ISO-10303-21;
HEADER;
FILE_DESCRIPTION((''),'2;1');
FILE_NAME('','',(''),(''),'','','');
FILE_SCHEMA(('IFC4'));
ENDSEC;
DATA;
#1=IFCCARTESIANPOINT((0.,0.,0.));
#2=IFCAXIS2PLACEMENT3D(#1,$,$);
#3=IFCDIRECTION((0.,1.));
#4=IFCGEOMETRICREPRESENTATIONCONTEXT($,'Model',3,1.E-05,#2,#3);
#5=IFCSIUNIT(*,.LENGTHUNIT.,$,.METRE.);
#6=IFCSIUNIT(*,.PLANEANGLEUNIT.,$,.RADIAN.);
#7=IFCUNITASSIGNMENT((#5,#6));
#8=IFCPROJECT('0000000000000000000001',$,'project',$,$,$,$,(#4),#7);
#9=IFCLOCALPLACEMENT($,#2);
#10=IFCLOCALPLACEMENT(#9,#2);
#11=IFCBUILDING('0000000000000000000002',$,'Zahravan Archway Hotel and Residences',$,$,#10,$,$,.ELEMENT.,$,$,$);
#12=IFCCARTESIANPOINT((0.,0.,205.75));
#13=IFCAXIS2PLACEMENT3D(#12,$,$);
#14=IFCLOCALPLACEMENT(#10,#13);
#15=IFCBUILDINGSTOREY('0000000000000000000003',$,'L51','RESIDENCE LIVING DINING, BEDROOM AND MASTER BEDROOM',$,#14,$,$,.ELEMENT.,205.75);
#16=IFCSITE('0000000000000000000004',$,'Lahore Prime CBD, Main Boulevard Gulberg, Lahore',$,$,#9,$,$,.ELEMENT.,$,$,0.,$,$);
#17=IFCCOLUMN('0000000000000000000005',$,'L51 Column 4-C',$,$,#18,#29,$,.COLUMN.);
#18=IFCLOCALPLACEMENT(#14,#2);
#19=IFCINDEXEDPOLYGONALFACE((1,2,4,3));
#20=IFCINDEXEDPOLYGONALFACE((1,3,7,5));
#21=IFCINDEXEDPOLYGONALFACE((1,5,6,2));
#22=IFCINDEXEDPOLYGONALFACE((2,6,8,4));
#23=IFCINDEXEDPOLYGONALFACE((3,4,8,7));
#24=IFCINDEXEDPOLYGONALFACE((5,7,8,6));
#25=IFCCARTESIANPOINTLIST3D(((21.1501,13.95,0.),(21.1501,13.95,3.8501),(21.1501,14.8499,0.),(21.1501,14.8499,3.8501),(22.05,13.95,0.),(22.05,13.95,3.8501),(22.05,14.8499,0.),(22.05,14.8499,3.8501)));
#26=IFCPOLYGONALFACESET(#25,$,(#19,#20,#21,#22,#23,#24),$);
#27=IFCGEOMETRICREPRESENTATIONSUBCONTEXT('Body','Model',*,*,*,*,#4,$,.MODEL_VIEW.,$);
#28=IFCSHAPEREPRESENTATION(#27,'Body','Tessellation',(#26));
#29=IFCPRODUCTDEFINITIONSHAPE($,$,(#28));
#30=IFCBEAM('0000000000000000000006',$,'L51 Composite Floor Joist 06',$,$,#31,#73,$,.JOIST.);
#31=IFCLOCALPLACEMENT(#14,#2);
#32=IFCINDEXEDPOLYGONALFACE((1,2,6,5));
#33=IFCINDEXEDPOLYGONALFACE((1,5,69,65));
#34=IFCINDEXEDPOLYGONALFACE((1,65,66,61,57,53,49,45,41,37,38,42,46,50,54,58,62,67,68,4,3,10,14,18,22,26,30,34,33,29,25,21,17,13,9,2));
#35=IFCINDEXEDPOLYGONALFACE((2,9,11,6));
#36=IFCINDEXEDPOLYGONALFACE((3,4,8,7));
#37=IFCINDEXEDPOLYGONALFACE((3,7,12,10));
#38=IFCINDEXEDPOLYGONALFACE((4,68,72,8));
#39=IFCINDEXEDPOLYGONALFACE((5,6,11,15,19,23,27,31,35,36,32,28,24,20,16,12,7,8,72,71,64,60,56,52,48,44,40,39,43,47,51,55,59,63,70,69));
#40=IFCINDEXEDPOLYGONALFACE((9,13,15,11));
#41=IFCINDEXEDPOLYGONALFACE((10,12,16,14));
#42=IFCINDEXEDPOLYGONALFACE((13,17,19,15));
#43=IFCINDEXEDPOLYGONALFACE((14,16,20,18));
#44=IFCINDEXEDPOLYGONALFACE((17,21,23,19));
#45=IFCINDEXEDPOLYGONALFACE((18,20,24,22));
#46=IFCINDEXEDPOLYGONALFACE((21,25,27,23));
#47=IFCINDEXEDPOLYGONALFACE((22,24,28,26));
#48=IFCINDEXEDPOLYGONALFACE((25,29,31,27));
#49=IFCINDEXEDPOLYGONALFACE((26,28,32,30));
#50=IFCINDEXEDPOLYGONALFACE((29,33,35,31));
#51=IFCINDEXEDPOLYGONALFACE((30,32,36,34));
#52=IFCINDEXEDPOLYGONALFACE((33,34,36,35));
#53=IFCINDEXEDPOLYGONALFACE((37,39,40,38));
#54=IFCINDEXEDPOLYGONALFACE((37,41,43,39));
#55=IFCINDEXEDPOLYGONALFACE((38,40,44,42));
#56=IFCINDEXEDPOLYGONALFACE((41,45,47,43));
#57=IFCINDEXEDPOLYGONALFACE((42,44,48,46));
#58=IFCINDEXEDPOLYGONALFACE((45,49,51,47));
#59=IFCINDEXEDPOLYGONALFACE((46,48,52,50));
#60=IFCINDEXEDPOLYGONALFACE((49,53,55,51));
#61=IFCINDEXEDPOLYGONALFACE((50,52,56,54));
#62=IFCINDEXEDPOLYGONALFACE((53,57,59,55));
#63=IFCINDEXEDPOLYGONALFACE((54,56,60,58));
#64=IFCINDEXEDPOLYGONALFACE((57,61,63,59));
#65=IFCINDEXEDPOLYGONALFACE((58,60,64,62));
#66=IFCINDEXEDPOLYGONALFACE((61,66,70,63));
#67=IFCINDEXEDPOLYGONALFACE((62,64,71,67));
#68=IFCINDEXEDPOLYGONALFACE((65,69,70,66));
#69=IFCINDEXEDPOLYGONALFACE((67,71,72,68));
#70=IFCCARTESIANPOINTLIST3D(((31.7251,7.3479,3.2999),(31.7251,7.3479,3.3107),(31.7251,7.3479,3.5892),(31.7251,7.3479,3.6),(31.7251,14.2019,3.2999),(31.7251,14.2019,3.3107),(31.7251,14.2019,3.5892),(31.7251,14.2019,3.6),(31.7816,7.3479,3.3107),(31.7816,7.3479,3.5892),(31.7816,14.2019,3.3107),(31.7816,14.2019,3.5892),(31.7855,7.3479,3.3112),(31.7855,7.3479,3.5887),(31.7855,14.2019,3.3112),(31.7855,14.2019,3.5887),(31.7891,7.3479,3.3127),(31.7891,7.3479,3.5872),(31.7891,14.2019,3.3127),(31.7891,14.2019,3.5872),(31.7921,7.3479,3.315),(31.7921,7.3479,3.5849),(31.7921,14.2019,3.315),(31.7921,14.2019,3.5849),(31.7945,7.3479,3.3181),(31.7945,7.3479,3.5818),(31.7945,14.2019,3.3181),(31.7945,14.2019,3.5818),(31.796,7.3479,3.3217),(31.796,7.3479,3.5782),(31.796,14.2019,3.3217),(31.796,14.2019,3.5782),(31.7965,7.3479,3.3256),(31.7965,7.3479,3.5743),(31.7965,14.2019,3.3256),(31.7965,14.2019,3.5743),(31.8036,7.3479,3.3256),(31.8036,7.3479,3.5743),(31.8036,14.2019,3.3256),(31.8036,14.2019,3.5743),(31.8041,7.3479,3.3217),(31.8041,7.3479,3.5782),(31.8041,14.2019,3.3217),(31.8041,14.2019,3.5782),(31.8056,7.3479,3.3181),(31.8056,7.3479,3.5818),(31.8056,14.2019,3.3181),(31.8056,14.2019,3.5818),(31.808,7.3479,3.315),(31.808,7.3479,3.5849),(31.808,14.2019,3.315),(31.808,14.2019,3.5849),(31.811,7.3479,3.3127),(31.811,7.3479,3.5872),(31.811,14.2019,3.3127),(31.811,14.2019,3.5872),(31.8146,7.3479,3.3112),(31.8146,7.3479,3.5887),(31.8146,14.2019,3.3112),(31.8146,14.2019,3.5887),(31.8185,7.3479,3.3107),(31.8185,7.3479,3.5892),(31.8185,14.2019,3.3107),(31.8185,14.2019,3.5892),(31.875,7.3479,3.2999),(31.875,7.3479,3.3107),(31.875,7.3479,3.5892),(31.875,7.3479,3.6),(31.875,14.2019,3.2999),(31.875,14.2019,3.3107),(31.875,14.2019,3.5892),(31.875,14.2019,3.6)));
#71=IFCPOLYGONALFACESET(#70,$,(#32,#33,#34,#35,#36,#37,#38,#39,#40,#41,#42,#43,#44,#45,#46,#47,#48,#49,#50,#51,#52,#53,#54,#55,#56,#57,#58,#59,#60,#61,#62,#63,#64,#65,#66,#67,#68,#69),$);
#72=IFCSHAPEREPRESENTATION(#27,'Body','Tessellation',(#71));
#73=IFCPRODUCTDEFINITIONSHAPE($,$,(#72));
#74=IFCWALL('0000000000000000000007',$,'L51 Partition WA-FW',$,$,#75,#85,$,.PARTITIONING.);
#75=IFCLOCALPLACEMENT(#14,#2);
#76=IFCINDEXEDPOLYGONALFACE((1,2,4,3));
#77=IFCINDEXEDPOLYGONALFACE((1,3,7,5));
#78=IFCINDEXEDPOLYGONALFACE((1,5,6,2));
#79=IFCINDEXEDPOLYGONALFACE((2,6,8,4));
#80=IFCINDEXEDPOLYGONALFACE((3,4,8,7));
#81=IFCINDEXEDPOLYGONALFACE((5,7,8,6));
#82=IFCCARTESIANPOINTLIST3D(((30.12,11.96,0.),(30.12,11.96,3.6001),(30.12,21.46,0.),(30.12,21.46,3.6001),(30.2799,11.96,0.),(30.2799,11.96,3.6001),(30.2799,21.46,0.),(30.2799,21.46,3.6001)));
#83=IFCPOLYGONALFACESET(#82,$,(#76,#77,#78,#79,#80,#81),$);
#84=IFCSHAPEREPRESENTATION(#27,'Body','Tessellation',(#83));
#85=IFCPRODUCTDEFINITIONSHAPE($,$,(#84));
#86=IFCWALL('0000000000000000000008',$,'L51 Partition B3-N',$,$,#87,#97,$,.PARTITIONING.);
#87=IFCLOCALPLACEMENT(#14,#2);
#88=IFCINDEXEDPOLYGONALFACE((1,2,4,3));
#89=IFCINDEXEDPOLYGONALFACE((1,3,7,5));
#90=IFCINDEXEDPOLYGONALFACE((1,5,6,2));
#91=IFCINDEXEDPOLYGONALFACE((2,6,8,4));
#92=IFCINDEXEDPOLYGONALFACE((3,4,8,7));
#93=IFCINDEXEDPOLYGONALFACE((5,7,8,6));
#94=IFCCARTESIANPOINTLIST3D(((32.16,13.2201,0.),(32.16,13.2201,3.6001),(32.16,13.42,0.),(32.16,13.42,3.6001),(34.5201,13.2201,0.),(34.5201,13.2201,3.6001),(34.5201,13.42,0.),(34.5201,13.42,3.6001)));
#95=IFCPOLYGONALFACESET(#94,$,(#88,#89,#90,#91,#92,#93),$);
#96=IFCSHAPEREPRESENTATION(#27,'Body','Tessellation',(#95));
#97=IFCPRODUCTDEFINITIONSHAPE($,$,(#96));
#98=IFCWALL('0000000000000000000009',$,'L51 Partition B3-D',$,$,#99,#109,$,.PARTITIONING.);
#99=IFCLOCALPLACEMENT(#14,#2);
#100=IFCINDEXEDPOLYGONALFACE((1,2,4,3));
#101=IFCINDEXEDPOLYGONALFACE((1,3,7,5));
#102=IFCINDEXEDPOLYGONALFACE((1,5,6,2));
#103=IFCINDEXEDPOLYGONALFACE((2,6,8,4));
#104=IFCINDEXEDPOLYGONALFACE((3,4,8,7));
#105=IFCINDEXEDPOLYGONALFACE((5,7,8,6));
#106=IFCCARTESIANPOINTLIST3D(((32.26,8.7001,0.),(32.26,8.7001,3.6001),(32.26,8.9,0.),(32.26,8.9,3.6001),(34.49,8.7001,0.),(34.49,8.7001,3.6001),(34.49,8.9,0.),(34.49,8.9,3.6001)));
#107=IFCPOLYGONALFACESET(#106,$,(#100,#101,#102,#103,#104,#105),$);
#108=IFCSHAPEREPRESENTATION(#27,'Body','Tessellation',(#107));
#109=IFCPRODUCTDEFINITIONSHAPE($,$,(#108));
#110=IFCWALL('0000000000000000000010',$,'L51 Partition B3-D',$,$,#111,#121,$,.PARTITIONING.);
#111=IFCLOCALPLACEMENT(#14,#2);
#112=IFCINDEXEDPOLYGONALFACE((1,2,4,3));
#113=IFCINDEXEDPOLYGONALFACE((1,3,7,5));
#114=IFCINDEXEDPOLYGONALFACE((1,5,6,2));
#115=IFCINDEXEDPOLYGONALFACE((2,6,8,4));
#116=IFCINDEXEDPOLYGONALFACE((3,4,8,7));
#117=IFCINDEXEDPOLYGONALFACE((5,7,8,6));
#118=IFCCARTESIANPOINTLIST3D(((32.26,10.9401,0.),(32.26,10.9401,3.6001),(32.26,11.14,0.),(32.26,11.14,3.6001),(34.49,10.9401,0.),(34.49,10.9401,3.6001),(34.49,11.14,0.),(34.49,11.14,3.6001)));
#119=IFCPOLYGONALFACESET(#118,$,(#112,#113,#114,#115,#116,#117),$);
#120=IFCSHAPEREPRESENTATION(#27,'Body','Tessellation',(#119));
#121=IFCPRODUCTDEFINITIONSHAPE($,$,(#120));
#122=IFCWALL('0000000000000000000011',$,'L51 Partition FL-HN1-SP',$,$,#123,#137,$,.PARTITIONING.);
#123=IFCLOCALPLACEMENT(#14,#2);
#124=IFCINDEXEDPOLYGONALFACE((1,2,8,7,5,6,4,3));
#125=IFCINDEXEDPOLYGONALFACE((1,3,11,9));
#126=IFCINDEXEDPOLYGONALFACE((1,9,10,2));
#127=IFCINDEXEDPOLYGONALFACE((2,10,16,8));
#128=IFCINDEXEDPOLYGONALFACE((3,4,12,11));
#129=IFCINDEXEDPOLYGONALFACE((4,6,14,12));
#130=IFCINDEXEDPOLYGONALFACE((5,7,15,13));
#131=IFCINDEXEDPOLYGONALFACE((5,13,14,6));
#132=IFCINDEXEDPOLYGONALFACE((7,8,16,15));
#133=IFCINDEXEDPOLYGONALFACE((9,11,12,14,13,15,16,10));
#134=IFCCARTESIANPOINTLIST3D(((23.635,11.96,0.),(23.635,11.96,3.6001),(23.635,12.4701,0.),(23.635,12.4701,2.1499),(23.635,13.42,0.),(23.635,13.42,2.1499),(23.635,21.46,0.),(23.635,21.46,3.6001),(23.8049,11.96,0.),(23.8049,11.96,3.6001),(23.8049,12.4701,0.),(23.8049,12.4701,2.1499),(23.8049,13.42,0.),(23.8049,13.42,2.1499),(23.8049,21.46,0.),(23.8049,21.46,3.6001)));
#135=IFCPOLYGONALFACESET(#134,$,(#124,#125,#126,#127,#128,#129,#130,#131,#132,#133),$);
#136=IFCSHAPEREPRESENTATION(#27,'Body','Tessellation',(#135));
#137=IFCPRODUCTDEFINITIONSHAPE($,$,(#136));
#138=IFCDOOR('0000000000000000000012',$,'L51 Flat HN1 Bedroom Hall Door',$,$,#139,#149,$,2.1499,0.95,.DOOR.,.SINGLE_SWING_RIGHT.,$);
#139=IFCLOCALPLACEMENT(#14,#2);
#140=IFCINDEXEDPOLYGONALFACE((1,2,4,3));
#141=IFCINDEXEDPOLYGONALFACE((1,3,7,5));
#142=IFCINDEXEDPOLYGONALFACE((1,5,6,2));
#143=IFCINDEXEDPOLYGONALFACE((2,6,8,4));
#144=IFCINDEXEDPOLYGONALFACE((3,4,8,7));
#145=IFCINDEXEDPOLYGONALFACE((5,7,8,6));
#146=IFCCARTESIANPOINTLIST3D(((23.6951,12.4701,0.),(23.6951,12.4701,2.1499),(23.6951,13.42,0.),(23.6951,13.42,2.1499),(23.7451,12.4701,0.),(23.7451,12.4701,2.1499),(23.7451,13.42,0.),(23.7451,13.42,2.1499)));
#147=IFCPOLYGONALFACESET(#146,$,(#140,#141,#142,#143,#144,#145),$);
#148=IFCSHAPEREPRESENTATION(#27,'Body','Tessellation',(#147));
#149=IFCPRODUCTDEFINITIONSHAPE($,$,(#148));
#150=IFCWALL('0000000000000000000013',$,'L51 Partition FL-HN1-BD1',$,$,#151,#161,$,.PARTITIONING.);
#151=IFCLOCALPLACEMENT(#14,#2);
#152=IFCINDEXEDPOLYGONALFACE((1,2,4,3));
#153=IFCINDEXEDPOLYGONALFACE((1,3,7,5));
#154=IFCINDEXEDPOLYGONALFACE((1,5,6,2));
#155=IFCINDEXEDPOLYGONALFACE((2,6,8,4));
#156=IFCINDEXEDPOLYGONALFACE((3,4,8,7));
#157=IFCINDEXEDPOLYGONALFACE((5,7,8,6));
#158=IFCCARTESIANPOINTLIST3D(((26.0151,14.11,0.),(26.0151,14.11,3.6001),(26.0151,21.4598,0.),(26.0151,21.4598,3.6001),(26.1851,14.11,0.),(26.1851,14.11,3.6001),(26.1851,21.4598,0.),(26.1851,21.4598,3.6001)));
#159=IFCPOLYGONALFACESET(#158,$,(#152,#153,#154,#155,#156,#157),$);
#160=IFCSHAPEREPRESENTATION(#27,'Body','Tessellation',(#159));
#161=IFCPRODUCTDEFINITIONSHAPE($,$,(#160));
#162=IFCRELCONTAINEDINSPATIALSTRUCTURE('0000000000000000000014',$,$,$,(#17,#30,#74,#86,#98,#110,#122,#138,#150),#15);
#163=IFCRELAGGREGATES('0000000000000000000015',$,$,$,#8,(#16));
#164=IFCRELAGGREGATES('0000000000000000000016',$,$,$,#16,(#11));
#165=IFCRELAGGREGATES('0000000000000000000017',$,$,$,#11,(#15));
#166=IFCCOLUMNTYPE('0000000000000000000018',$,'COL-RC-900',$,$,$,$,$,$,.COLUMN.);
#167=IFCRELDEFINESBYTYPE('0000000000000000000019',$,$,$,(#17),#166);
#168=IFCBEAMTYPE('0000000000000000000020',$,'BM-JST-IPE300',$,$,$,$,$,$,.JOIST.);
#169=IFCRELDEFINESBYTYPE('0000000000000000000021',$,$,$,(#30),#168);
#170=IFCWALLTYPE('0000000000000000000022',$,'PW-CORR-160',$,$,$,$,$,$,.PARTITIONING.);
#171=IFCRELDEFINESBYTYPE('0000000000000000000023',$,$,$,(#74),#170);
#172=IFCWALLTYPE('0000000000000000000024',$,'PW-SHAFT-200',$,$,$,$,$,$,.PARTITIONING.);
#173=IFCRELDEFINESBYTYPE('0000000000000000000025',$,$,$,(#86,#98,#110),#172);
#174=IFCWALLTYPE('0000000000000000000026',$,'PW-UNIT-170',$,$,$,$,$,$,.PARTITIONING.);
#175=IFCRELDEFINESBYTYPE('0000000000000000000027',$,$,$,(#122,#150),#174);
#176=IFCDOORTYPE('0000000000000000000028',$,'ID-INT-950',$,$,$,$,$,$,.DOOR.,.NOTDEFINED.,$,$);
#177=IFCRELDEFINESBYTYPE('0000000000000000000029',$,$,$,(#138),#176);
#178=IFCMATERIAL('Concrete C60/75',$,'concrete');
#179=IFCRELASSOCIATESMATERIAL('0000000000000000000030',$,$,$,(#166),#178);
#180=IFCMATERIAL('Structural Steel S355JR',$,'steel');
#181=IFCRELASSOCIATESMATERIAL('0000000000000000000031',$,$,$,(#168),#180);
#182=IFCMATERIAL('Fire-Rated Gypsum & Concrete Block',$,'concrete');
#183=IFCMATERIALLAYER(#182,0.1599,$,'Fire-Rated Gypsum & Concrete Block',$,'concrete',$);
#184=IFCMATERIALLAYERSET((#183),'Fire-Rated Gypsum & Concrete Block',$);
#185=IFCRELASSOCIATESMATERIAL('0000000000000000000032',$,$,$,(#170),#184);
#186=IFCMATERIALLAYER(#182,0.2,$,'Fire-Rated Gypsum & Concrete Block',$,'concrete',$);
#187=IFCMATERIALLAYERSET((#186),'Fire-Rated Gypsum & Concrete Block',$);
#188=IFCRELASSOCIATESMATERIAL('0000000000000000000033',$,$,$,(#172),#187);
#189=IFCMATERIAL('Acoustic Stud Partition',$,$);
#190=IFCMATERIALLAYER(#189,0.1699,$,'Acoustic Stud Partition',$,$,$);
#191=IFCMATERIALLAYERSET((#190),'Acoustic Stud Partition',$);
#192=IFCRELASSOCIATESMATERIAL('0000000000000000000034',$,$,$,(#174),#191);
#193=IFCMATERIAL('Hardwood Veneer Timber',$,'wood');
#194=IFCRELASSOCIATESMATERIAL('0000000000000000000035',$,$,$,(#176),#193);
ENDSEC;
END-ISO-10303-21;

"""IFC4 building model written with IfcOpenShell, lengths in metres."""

from ifc_helpers import new_model, si_unit, direction, frame, frame_2d, origin, origin_2d, place, context, subcontext, project, spatial, rectangle, i_section, extrude, source, transform, mapped, material, layer, layer_set, material_profile, profile_set, type_object, type_shapes, element, fill, save


model = new_model("IFC4")

# Units and contexts
model_context = context("Model", 3, precision=1e-05, world=origin(), true_north=direction((0.0, 1.0)))
body_context = subcontext(model_context, "Body", "Model", "MODEL_VIEW")
ifc_project = project(units=[si_unit("LENGTHUNIT", "METRE"), si_unit("PLANEANGLEUNIT", "RADIAN")], contexts=[model_context])

# Site, building, storey
site_placement = place(None, origin())
site = spatial("IfcSite", under=ifc_project, at=site_placement, Name="Lahore Prime CBD, Main Boulevard Gulberg, Lahore", CompositionType="ELEMENT", RefElevation=0.0)
building_placement = place(site_placement, origin())
building = spatial("IfcBuilding", under=site, at=building_placement, Name="Zahravan Archway Hotel and Residences", CompositionType="ELEMENT")
storey_placement = place(building_placement, frame((0.0, 0.0, 205.75)))
storey = spatial("IfcBuildingStorey", under=building, at=storey_placement, Name="L51", Description="RESIDENCE LIVING DINING, BEDROOM AND MASTER BEDROOM", CompositionType="ELEMENT", Elevation=205.75)

# Column
ifc_material_1 = material(Name="Concrete C60/75", Category="concrete")
ifc_material_profile_1 = material_profile(ifc_material_1, rectangle(XDim=0.8999, YDim=0.8999, at=origin_2d()), Name="RC-COL-900x900", Category="concrete")
ifc_profile_set_1 = profile_set([ifc_material_profile_1], Name="Concrete C60/75")
column_type = type_object("IfcColumnType", Name="COL-RC-900", PredefinedType="COLUMN", material=ifc_profile_set_1)
shared_shape_1 = source(origin(), body_context, "Body", "SweptSolid", [
    extrude(rectangle(XDim=0.8999, YDim=0.8999, at=origin_2d()), origin(), (0.0, 0.0, 1.0), 3.8501),
])
type_shapes(column_type, [shared_shape_1])
column_placement = place(storey_placement, frame((21.6001, 14.3999, 0.0), z_axis=(0.0, 0.0, 1.0), x_axis=(1.0, 0.0, 0.0)))
element("IfcColumn", 1, at=column_placement, inside=storey, type_object=column_type, Name="L51 Column 4-C", PredefinedType="COLUMN", context=body_context, shape_type="MappedRepresentation", body=[
    mapped(shared_shape_1, transform((0.0, 0.0, 0.0), scale=1.0)),
])

# Beam
ifc_material_2 = material(Name="Structural Steel S355JR", Category="steel")
ifc_material_profile_2 = material_profile(ifc_material_2, i_section(OverallWidth=0.1499, OverallDepth=0.3, WebThickness=0.0071, FlangeThickness=0.0107, FilletRadius=0.0149, at=origin_2d()), Name="IPE 300", Category="steel")
ifc_profile_set_2 = profile_set([ifc_material_profile_2], Name="Structural Steel S355JR")
beam_type = type_object("IfcBeamType", Name="BM-JST-IPE300", PredefinedType="JOIST", material=ifc_profile_set_2)
shared_shape_2 = source(origin(), body_context, "Body", "SweptSolid", [
    extrude(i_section(OverallWidth=0.1499, OverallDepth=0.3, WebThickness=0.0071, FlangeThickness=0.0107, FilletRadius=0.0149, at=origin_2d()), origin(), (0.0, 0.0, 1.0), 6.854),
])
beam_placement = place(storey_placement, frame((31.8, 7.3479, 3.45), z_axis=(0.0, 1.0, 0.0), x_axis=(-1.0, 0.0, 0.0)))
element("IfcBeam", 2, at=beam_placement, inside=storey, type_object=beam_type, Name="L51 Composite Floor Joist 06", PredefinedType="JOIST", context=body_context, shape_type="MappedRepresentation", body=[
    mapped(shared_shape_2, transform((0.0, 0.0, 0.0), scale=1.0)),
])

# Walls
ifc_material_3 = material(Name="Fire-Rated Gypsum & Concrete Block", Category="concrete")
ifc_layer_1 = layer(ifc_material_3, 0.1599, Name="Fire-Rated Gypsum & Concrete Block", Category="concrete")
ifc_layer_set_1 = layer_set([ifc_layer_1], Name="Fire-Rated Gypsum & Concrete Block")
wall_type_1 = type_object("IfcWallType", Name="PW-CORR-160", PredefinedType="PARTITIONING", material=ifc_layer_set_1)
wall_1_placement = place(storey_placement, frame((30.2, 11.96, 0.0), z_axis=(0.0, 0.0, 1.0), x_axis=(0.0, 1.0, 0.0)))
element("IfcWall", 3, at=wall_1_placement, inside=storey, type_object=wall_type_1, Name="L51 Partition WA-FW", PredefinedType="PARTITIONING", context=body_context, shape_type="SweptSolid", body=[
    extrude(rectangle(XDim=9.5, YDim=0.1599, at=frame_2d((4.75, 0.0))), origin(), (0.0, 0.0, 1.0), 3.6001),
])
ifc_layer_2 = layer(ifc_material_3, 0.2, Name="Fire-Rated Gypsum & Concrete Block", Category="concrete")
ifc_layer_set_2 = layer_set([ifc_layer_2], Name="Fire-Rated Gypsum & Concrete Block")
wall_type_2 = type_object("IfcWallType", Name="PW-SHAFT-200", PredefinedType="PARTITIONING", material=ifc_layer_set_2)
wall_2_placement = place(storey_placement, frame((32.1599, 13.3201, 0.0), z_axis=(0.0, 0.0, 1.0), x_axis=(1.0, 0.0, 0.0)))
element("IfcWall", 4, at=wall_2_placement, inside=storey, type_object=wall_type_2, Name="L51 Partition B3-N", PredefinedType="PARTITIONING", context=body_context, shape_type="SweptSolid", body=[
    extrude(rectangle(XDim=2.3601, YDim=0.2, at=frame_2d((1.1802, 0.0))), origin(), (0.0, 0.0, 1.0), 3.6001),
])
for number, where, z_axis, x_axis, name in (
    (5, (32.26, 8.8, 0.0), (0.0, 0.0, 1.0), (1.0, 0.0, 0.0), "L51 Partition B3-D"),
    (6, (32.26, 11.04, 0.0), (0.0, 0.0, 1.0), (1.0, 0.0, 0.0), "L51 Partition B3-D"),
):
    element("IfcWall", number, at=place(storey_placement, frame(where, z_axis=z_axis, x_axis=x_axis)), inside=storey, type_object=wall_type_2, Name=name, PredefinedType="PARTITIONING", context=body_context, shape_type="SweptSolid", body=[
        extrude(rectangle(XDim=2.23, YDim=0.2, at=frame_2d((1.115, 0.0))), origin(), (0.0, 0.0, 1.0), 3.6001),
    ])

# Shared definitions
ifc_material_4 = material(Name="Acoustic Stud Partition")
ifc_layer_3 = layer(ifc_material_4, 0.1699, Name="Acoustic Stud Partition")
ifc_layer_set_3 = layer_set([ifc_layer_3], Name="Acoustic Stud Partition")
wall_type_3 = type_object("IfcWallType", Name="PW-UNIT-170", PredefinedType="PARTITIONING", material=ifc_layer_set_3)
ifc_material_5 = material(Name="Hardwood Veneer Timber", Category="wood")
door_type_1 = type_object("IfcDoorType", Name="ID-INT-950", OperationType="NOTDEFINED", PredefinedType="DOOR", material=ifc_material_5)
shared_shape_3 = source(origin(), body_context, "Body", "SweptSolid", [
    extrude(rectangle(XDim=0.95, YDim=2.1499, at=frame_2d((0.4751, 1.075))), frame((0.0, 0.0249, 0.0), z_axis=(0.0, -1.0, 0.0), x_axis=(1.0, 0.0, 0.0)), (0.0, 0.0, 1.0), 0.05),
])
type_shapes(door_type_1, [shared_shape_3])

# Wall, opening, door
wall_3_placement = place(storey_placement, frame((23.72, 11.96, 0.0), z_axis=(0.0, 0.0, 1.0), x_axis=(0.0, 1.0, 0.0)))
wall_3 = element("IfcWall", 7, at=wall_3_placement, inside=storey, type_object=wall_type_3, Name="L51 Partition FL-HN1-SP", PredefinedType="PARTITIONING", context=body_context, shape_type="SweptSolid", body=[
    extrude(rectangle(XDim=9.5, YDim=0.1699, at=frame_2d((4.75, 0.0))), origin(), (0.0, 0.0, 1.0), 3.6001),
])
opening_1_placement = place(wall_3_placement, frame((0.51, 0.0, 0.0)))
opening_1 = element("IfcOpeningElement", 8, at=opening_1_placement, cuts=wall_3, PredefinedType="OPENING", context=body_context, shape_type="SweptSolid", body=[
    extrude(rectangle(XDim=0.95, YDim=2.1499, at=frame_2d((0.4751, 1.075))), frame((0.0, 0.095, 0.0), z_axis=(0.0, -1.0, 0.0), x_axis=(1.0, 0.0, 0.0)), (0.0, 0.0, 1.0), 0.1899),
])
door_1_placement = place(opening_1_placement, origin())
door_1 = element("IfcDoor", 9, at=door_1_placement, inside=storey, type_object=door_type_1, Name="L51 Flat HN1 Bedroom Hall Door", OperationType="SINGLE_SWING_RIGHT", OverallHeight=2.1499, OverallWidth=0.95, PredefinedType="DOOR", context=body_context, shape_type="MappedRepresentation", body=[
    mapped(shared_shape_3, transform((0.0, 0.0, 0.0), scale=1.0)),
])
fill(opening_1, door_1)

# Wall
wall_4_placement = place(storey_placement, frame((26.1001, 14.1101, 0.0), z_axis=(0.0, 0.0, 1.0), x_axis=(0.0, 1.0, 0.0)))
element("IfcWall", 10, at=wall_4_placement, inside=storey, type_object=wall_type_3, Name="L51 Partition FL-HN1-BD1", PredefinedType="PARTITIONING", context=body_context, shape_type="SweptSolid", body=[
    extrude(rectangle(XDim=7.3499, YDim=0.1699, at=frame_2d((3.6748, 0.0))), origin(), (0.0, 0.0, 1.0), 3.6001),
])

save(model, "model.ifc")
